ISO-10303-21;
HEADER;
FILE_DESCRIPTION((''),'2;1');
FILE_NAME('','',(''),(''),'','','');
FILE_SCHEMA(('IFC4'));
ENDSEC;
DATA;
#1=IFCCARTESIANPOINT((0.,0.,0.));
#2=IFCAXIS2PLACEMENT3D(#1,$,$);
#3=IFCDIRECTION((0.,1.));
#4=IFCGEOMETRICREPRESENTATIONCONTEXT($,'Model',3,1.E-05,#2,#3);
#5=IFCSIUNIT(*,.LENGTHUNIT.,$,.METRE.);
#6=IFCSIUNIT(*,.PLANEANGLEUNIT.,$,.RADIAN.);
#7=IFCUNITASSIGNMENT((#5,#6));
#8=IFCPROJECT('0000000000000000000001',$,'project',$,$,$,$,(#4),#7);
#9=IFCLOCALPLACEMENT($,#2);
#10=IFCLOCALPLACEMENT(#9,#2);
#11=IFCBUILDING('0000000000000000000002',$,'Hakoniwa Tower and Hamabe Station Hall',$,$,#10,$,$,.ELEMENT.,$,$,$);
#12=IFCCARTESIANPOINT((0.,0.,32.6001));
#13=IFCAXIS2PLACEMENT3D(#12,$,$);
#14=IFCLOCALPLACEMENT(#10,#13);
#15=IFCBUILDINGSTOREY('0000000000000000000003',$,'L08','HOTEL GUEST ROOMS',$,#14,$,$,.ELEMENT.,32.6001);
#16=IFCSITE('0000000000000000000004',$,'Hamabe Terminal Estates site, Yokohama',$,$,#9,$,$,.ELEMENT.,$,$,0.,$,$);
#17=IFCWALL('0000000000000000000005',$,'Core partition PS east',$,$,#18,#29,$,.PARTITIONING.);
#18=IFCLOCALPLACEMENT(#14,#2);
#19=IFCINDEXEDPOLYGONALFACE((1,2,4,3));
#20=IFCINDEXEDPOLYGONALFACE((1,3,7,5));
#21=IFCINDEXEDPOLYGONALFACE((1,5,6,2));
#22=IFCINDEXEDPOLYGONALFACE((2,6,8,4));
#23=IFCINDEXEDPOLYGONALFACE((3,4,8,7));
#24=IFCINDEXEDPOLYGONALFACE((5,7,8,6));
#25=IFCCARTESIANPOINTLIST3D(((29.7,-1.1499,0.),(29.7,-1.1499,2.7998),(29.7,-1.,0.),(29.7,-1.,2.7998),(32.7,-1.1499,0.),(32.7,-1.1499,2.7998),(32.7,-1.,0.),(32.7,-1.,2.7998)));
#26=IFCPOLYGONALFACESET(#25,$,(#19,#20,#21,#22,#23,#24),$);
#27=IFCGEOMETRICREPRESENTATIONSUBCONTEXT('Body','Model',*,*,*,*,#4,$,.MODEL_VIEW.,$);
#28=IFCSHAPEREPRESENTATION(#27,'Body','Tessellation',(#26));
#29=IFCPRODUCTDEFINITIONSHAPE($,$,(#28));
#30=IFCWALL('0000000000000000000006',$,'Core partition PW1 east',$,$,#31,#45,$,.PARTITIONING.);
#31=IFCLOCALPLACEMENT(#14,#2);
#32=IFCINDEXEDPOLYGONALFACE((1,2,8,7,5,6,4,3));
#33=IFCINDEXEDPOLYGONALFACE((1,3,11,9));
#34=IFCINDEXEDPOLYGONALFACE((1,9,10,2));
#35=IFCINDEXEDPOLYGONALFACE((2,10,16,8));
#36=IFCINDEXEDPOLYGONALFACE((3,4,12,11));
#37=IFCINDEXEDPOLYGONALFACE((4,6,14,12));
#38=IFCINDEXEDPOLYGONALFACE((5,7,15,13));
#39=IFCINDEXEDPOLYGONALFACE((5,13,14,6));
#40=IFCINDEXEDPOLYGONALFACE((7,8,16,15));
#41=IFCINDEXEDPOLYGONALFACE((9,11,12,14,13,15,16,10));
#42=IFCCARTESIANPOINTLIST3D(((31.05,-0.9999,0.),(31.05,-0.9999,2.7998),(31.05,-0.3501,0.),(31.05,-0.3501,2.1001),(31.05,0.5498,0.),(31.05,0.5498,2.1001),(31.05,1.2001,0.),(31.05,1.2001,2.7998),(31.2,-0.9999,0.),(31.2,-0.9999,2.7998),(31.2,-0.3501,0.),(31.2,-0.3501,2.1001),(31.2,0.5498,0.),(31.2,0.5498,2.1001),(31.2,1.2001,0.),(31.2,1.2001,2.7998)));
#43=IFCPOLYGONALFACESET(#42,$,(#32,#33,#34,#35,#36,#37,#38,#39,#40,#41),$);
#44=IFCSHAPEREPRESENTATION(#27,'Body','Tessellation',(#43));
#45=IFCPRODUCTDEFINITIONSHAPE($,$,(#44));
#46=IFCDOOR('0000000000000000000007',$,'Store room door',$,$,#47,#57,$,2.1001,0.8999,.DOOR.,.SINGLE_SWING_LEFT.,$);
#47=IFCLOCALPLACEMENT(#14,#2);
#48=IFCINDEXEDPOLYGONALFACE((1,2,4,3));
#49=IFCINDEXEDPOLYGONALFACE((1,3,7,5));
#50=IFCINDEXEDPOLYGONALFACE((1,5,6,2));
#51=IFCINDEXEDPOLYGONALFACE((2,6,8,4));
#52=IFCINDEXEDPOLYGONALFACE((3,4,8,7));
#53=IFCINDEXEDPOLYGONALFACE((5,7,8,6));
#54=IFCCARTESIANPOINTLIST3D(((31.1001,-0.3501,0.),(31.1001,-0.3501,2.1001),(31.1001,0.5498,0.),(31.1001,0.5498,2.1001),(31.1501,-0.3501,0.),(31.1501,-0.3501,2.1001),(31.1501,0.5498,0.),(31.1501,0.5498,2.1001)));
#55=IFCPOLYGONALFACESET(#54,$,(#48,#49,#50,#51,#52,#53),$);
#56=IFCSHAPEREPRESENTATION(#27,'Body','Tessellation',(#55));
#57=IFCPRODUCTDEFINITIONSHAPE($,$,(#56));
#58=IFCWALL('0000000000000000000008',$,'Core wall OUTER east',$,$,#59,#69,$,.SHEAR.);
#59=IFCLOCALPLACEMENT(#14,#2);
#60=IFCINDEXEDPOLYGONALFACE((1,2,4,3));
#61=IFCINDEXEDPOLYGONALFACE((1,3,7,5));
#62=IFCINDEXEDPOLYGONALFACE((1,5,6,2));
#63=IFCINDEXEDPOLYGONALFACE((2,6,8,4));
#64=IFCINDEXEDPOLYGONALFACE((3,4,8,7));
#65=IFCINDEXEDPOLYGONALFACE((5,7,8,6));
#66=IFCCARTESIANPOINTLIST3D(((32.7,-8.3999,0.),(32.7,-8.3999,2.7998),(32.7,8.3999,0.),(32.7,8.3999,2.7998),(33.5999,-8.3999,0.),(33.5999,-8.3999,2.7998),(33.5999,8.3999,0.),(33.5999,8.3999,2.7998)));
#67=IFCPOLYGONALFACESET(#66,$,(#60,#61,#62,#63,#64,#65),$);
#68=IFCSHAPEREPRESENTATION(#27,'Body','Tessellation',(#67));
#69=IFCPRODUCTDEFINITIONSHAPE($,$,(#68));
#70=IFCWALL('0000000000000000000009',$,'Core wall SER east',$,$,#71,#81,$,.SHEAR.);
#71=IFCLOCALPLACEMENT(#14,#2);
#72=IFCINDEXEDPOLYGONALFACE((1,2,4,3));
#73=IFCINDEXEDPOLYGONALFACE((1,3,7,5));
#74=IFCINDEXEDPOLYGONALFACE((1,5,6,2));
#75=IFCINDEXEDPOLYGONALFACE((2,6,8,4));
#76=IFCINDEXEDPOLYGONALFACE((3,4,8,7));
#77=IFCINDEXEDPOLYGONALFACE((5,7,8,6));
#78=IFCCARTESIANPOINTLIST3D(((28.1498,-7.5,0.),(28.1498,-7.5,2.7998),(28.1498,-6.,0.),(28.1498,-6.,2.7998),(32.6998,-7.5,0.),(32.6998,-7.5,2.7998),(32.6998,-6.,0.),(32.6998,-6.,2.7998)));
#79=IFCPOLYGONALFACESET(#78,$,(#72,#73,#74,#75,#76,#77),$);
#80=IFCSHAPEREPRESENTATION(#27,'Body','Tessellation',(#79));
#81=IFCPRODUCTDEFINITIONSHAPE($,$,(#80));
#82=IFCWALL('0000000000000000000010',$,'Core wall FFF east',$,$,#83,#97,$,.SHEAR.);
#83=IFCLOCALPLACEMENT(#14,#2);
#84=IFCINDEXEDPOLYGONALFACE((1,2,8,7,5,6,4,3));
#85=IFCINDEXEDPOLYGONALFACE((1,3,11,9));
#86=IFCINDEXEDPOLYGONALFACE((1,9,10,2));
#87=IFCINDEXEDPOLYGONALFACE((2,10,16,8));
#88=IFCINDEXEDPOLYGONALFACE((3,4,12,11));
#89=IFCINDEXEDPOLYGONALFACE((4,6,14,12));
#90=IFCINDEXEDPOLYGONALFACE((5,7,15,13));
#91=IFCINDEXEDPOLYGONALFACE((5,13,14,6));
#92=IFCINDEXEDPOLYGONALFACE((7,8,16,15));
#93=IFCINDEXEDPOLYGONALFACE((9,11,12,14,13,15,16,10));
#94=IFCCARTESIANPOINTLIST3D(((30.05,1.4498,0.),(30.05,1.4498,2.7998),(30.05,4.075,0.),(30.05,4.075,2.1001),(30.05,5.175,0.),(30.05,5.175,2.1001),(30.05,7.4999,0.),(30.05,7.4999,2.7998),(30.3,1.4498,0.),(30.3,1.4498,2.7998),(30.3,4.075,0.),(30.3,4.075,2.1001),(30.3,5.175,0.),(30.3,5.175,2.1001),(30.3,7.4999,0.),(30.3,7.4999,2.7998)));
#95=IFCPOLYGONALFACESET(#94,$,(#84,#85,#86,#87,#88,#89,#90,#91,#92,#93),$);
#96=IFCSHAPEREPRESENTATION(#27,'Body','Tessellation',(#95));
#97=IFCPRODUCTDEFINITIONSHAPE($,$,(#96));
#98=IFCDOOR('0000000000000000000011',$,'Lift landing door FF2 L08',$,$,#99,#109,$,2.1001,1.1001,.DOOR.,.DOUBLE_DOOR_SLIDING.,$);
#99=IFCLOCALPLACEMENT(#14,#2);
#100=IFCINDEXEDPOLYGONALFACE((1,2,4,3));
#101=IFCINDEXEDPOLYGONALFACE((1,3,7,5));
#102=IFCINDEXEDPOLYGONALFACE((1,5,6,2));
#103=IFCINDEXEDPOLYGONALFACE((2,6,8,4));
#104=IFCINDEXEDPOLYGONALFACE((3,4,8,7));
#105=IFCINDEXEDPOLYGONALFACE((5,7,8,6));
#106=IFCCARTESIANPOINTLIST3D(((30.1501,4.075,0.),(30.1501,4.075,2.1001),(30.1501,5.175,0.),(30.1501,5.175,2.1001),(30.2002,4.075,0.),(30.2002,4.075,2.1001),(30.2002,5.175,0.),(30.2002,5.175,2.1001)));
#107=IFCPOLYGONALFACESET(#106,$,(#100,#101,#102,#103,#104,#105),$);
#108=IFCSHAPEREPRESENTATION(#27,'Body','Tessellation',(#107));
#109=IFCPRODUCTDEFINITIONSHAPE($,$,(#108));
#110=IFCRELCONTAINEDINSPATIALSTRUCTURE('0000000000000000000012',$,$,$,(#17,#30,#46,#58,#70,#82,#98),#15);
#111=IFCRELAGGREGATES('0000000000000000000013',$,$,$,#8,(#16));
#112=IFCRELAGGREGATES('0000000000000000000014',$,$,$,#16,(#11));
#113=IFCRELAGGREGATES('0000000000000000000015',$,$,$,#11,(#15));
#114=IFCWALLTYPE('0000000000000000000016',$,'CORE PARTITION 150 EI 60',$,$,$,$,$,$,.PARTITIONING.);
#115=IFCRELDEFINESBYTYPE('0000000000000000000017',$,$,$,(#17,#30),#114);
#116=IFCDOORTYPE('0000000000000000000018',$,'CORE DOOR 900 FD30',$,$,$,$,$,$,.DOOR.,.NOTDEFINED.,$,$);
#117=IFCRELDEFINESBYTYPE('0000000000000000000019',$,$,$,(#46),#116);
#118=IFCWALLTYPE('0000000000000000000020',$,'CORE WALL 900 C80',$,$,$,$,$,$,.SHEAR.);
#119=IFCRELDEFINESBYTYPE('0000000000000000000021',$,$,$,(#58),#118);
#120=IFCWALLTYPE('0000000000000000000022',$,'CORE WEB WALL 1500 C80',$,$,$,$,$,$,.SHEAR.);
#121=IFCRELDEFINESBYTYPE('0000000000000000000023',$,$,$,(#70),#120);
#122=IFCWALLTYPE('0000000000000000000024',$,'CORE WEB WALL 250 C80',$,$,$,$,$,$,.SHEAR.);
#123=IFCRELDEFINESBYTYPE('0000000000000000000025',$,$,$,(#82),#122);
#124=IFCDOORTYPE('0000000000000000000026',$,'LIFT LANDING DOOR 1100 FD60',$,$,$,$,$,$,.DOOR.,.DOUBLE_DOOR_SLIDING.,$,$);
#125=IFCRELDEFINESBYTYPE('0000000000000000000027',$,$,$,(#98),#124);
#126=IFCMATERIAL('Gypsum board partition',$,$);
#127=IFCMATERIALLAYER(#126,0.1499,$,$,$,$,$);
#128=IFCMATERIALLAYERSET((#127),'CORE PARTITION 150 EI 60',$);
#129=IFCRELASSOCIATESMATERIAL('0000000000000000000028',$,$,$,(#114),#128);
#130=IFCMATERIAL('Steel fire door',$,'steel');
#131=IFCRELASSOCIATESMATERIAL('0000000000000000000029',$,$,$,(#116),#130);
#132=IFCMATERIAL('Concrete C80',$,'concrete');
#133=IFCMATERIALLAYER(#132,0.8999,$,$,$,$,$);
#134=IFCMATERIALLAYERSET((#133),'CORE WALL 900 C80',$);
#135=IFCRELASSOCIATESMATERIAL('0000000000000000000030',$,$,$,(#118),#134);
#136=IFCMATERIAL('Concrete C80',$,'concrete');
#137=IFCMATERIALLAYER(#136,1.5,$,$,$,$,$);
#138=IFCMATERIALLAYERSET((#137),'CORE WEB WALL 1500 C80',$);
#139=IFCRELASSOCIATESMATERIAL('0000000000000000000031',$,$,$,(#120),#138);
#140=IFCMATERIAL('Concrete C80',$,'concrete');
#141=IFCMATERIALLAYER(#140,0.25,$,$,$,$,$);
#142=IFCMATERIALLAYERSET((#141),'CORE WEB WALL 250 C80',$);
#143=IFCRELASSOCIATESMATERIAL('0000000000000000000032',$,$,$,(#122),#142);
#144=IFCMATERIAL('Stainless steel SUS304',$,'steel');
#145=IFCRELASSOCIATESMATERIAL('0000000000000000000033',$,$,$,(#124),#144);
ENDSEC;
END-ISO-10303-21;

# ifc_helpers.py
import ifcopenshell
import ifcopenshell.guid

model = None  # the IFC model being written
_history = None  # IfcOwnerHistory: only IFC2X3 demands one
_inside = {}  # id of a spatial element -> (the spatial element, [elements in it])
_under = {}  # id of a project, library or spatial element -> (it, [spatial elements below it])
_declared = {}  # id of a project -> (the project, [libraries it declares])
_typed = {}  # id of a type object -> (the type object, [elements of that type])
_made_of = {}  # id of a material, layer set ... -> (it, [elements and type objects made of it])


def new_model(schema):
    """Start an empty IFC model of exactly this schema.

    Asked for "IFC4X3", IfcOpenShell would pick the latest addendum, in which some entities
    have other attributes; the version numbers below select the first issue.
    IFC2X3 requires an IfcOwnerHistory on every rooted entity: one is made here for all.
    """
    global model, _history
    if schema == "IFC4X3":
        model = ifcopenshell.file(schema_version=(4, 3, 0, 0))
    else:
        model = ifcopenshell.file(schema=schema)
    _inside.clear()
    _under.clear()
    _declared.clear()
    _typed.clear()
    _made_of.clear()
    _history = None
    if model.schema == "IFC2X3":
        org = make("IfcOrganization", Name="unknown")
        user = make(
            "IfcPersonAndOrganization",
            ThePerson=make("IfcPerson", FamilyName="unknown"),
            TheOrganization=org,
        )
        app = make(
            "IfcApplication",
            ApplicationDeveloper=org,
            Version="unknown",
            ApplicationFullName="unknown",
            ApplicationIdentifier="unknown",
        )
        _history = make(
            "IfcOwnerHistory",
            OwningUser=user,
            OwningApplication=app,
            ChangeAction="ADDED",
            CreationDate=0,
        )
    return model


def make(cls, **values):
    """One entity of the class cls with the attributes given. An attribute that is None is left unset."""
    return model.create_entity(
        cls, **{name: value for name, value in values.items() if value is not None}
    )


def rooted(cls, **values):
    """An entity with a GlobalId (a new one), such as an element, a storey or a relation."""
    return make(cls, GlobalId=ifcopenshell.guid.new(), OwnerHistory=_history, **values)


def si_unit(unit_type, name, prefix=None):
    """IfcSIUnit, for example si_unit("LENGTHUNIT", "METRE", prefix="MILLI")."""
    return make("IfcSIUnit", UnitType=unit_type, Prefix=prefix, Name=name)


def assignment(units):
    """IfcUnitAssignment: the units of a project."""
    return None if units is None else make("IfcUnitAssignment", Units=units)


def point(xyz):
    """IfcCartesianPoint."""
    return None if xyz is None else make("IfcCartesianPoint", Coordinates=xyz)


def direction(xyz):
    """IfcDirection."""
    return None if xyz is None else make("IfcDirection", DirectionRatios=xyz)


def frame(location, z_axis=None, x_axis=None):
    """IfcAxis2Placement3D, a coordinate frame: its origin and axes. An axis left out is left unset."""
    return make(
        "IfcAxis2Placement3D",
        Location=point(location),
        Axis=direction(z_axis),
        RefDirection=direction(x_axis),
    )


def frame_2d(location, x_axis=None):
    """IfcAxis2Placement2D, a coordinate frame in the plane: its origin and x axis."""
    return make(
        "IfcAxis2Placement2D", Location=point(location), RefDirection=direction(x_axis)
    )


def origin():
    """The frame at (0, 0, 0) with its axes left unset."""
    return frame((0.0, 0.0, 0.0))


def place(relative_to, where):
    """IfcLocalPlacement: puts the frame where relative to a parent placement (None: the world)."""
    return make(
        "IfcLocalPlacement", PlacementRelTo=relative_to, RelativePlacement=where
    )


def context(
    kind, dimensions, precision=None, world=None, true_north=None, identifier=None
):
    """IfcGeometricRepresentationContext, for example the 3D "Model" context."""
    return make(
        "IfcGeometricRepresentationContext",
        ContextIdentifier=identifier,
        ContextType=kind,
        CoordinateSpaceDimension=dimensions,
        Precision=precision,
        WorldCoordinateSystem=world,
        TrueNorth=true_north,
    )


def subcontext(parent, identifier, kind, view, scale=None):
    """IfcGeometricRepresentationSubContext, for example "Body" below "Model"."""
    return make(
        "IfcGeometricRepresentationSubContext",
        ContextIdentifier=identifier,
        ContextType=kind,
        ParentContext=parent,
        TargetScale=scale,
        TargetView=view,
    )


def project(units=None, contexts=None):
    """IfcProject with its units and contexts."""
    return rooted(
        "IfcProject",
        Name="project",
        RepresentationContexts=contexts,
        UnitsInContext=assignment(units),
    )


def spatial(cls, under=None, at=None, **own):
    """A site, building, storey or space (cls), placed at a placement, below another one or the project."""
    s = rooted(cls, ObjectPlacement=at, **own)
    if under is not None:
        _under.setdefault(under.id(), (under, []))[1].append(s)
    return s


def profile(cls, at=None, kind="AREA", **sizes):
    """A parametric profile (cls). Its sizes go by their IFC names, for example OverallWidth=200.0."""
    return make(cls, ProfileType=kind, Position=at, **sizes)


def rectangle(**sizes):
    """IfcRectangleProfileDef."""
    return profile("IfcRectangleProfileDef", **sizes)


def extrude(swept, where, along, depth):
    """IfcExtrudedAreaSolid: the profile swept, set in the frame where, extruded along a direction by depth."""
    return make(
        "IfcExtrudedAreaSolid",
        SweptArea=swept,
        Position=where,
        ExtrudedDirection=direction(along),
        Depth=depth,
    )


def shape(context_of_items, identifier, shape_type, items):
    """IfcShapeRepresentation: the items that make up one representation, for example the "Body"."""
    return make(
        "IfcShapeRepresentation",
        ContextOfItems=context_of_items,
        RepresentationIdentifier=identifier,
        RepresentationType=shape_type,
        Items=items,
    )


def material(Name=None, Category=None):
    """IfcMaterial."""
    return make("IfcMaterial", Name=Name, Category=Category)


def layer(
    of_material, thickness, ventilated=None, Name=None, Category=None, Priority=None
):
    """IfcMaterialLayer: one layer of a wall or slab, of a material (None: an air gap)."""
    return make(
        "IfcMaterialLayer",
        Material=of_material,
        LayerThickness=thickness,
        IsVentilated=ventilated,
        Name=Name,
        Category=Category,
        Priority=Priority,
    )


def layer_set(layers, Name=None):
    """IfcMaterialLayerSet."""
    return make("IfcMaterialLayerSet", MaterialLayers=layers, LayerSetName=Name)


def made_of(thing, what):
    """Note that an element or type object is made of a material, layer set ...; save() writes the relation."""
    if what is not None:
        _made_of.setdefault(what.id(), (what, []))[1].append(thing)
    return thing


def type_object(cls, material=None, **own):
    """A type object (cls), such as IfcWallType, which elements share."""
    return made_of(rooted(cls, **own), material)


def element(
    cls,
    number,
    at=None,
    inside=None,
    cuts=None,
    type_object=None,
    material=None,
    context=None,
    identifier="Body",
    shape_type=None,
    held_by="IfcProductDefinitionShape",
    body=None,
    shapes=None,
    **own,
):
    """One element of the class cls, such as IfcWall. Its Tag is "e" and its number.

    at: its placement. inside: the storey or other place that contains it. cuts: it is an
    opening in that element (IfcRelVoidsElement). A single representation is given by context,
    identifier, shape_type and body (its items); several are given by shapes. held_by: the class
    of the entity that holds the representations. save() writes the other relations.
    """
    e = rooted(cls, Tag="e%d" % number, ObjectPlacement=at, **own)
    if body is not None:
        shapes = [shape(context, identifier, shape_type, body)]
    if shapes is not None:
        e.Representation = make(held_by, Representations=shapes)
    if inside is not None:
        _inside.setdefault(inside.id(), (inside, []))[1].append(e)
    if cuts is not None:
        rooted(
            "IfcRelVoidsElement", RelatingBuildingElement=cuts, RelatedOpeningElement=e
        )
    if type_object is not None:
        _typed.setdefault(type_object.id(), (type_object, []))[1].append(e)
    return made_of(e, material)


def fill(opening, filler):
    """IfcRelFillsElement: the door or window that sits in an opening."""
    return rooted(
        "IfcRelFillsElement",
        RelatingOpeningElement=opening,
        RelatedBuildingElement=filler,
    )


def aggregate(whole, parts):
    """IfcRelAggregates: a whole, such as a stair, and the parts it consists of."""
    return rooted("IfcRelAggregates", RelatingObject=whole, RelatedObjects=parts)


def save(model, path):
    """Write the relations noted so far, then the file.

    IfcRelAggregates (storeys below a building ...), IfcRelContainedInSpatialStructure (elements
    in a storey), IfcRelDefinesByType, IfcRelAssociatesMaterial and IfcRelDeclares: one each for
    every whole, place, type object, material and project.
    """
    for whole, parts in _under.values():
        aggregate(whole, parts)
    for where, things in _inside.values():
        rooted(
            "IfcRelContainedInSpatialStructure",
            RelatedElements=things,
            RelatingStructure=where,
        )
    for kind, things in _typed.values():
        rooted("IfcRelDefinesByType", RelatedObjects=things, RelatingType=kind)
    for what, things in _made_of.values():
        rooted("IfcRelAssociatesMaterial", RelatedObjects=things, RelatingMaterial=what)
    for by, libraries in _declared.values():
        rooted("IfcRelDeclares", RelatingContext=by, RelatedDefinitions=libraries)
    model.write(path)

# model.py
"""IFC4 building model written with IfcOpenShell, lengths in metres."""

from ifc_helpers import new_model, si_unit, direction, frame, frame_2d, origin, place, context, subcontext, project, spatial, rectangle, extrude, material, layer, layer_set, type_object, element, fill, save


model = new_model("IFC4")

# Units and contexts
model_context = context("Model", 3, precision=1e-05, world=origin(), true_north=direction((0.0, 1.0)))
body_context = subcontext(model_context, "Body", "Model", "MODEL_VIEW")
ifc_project = project(units=[si_unit("LENGTHUNIT", "METRE"), si_unit("PLANEANGLEUNIT", "RADIAN")], contexts=[model_context])

# Site, building, storey
site_placement = place(None, origin())
site = spatial("IfcSite", under=ifc_project, at=site_placement, Name="Hamabe Terminal Estates site, Yokohama", CompositionType="ELEMENT", RefElevation=0.0)
building_placement = place(site_placement, origin())
building = spatial("IfcBuilding", under=site, at=building_placement, Name="Hakoniwa Tower and Hamabe Station Hall", CompositionType="ELEMENT")
storey_placement = place(building_placement, frame((0.0, 0.0, 32.6001)))
storey = spatial("IfcBuildingStorey", under=building, at=storey_placement, Name="L08", Description="HOTEL GUEST ROOMS", CompositionType="ELEMENT", Elevation=32.6001)

# Shared definitions
ifc_material_1 = material(Name="Gypsum board partition")
ifc_layer_1 = layer(ifc_material_1, 0.1499)
ifc_layer_set_1 = layer_set([ifc_layer_1], Name="CORE PARTITION 150 EI 60")
wall_type_1 = type_object("IfcWallType", Name="CORE PARTITION 150 EI 60", PredefinedType="PARTITIONING", material=ifc_layer_set_1)
ifc_material_2 = material(Name="Steel fire door", Category="steel")
door_type_1 = type_object("IfcDoorType", Name="CORE DOOR 900 FD30", OperationType="NOTDEFINED", PredefinedType="DOOR", material=ifc_material_2)

# Wall
wall_1_placement = place(storey_placement, frame((29.7, -1.075, 0.0), z_axis=(0.0, 0.0, 1.0), x_axis=(1.0, 0.0, 0.0)))
element("IfcWall", 1, at=wall_1_placement, inside=storey, type_object=wall_type_1, Name="Core partition PS east", PredefinedType="PARTITIONING", context=body_context, shape_type="SweptSolid", body=[
    extrude(rectangle(XDim=3.0, YDim=0.1499, at=frame_2d((1.5, 0.0))), origin(), (0.0, 0.0, 1.0), 2.7998),
])

# Wall, opening, door
wall_2_placement = place(storey_placement, frame((31.125, -1.0, 0.0), z_axis=(0.0, 0.0, 1.0), x_axis=(0.0, 1.0, 0.0)))
wall_2 = element("IfcWall", 2, at=wall_2_placement, inside=storey, type_object=wall_type_1, Name="Core partition PW1 east", PredefinedType="PARTITIONING", context=body_context, shape_type="SweptSolid", body=[
    extrude(rectangle(XDim=2.2, YDim=0.1499, at=frame_2d((1.1001, 0.0))), origin(), (0.0, 0.0, 1.0), 2.7998),
])
opening_1_placement = place(wall_2_placement, frame((0.6499, 0.0, 0.0)))
opening_1 = element("IfcOpeningElement", 3, at=opening_1_placement, cuts=wall_2, PredefinedType="OPENING", context=body_context, shape_type="SweptSolid", body=[
    extrude(rectangle(XDim=0.8999, YDim=2.1001, at=frame_2d((0.45, 1.05))), frame((0.0, 0.085, 0.0), z_axis=(0.0, -1.0, 0.0), x_axis=(1.0, 0.0, 0.0)), (0.0, 0.0, 1.0), 0.1699),
])
door_1_placement = place(opening_1_placement, origin())
door_1 = element("IfcDoor", 4, at=door_1_placement, inside=storey, type_object=door_type_1, Name="Store room door", OperationType="SINGLE_SWING_LEFT", OverallHeight=2.1001, OverallWidth=0.8999, PredefinedType="DOOR", context=body_context, shape_type="SweptSolid", body=[
    extrude(rectangle(XDim=0.8999, YDim=2.1001, at=frame_2d((0.45, 1.05))), frame((0.0, 0.0249, 0.0), z_axis=(0.0, -1.0, 0.0), x_axis=(1.0, 0.0, 0.0)), (0.0, 0.0, 1.0), 0.05),
])
fill(opening_1, door_1)

# Walls
ifc_material_3 = material(Name="Concrete C80", Category="concrete")
ifc_layer_2 = layer(ifc_material_3, 0.8999)
ifc_layer_set_2 = layer_set([ifc_layer_2], Name="CORE WALL 900 C80")
wall_type_2 = type_object("IfcWallType", Name="CORE WALL 900 C80", PredefinedType="SHEAR", material=ifc_layer_set_2)
wall_3_placement = place(storey_placement, frame((33.1499, -8.3999, 0.0), z_axis=(0.0, 0.0, 1.0), x_axis=(0.0, 1.0, 0.0)))
element("IfcWall", 5, at=wall_3_placement, inside=storey, type_object=wall_type_2, Name="Core wall OUTER east", PredefinedType="SHEAR", context=body_context, shape_type="SweptSolid", body=[
    extrude(rectangle(XDim=16.7998, YDim=0.8999, at=frame_2d((8.3999, 0.0))), origin(), (0.0, 0.0, 1.0), 2.7998),
])
ifc_material_4 = material(Name="Concrete C80", Category="concrete")
ifc_layer_3 = layer(ifc_material_4, 1.5)
ifc_layer_set_3 = layer_set([ifc_layer_3], Name="CORE WEB WALL 1500 C80")
wall_type_3 = type_object("IfcWallType", Name="CORE WEB WALL 1500 C80", PredefinedType="SHEAR", material=ifc_layer_set_3)
wall_4_placement = place(storey_placement, frame((28.1499, -6.75, 0.0), z_axis=(0.0, 0.0, 1.0), x_axis=(1.0, 0.0, 0.0)))
element("IfcWall", 6, at=wall_4_placement, inside=storey, type_object=wall_type_3, Name="Core wall SER east", PredefinedType="SHEAR", context=body_context, shape_type="SweptSolid", body=[
    extrude(rectangle(XDim=4.55, YDim=1.5, at=frame_2d((2.2749, 0.0))), origin(), (0.0, 0.0, 1.0), 2.7998),
])

# Wall, opening, door
ifc_material_5 = material(Name="Concrete C80", Category="concrete")
ifc_layer_4 = layer(ifc_material_5, 0.25)
ifc_layer_set_4 = layer_set([ifc_layer_4], Name="CORE WEB WALL 250 C80")
wall_type_4 = type_object("IfcWallType", Name="CORE WEB WALL 250 C80", PredefinedType="SHEAR", material=ifc_layer_set_4)
wall_5_placement = place(storey_placement, frame((30.175, 1.45, 0.0), z_axis=(0.0, 0.0, 1.0), x_axis=(0.0, 1.0, 0.0)))
wall_5 = element("IfcWall", 7, at=wall_5_placement, inside=storey, type_object=wall_type_4, Name="Core wall FFF east", PredefinedType="SHEAR", context=body_context, shape_type="SweptSolid", body=[
    extrude(rectangle(XDim=6.05, YDim=0.25, at=frame_2d((3.0249, 0.0))), origin(), (0.0, 0.0, 1.0), 2.7998),
])
opening_2_placement = place(wall_5_placement, frame((2.625, 0.0, 0.0)))
opening_2 = element("IfcOpeningElement", 8, at=opening_2_placement, cuts=wall_5, PredefinedType="OPENING", context=body_context, shape_type="SweptSolid", body=[
    extrude(rectangle(XDim=1.1001, YDim=2.1001, at=frame_2d((0.55, 1.05))), frame((0.0, 0.135, 0.0), z_axis=(0.0, -1.0, 0.0), x_axis=(1.0, 0.0, 0.0)), (0.0, 0.0, 1.0), 0.27),
])
ifc_material_6 = material(Name="Stainless steel SUS304", Category="steel")
door_type_2 = type_object("IfcDoorType", Name="LIFT LANDING DOOR 1100 FD60", OperationType="DOUBLE_DOOR_SLIDING", PredefinedType="DOOR", material=ifc_material_6)
door_2_placement = place(opening_2_placement, origin())
door_2 = element("IfcDoor", 9, at=door_2_placement, inside=storey, type_object=door_type_2, Name="Lift landing door FF2 L08", OperationType="DOUBLE_DOOR_SLIDING", OverallHeight=2.1001, OverallWidth=1.1001, PredefinedType="DOOR", context=body_context, shape_type="SweptSolid", body=[
    extrude(rectangle(XDim=1.1001, YDim=2.1001, at=frame_2d((0.55, 1.05))), frame((0.0, 0.0249, 0.0), z_axis=(0.0, -1.0, 0.0), x_axis=(1.0, 0.0, 0.0)), (0.0, 0.0, 1.0), 0.05),
])
fill(opening_2, door_2)

save(model, "model.ifc")
